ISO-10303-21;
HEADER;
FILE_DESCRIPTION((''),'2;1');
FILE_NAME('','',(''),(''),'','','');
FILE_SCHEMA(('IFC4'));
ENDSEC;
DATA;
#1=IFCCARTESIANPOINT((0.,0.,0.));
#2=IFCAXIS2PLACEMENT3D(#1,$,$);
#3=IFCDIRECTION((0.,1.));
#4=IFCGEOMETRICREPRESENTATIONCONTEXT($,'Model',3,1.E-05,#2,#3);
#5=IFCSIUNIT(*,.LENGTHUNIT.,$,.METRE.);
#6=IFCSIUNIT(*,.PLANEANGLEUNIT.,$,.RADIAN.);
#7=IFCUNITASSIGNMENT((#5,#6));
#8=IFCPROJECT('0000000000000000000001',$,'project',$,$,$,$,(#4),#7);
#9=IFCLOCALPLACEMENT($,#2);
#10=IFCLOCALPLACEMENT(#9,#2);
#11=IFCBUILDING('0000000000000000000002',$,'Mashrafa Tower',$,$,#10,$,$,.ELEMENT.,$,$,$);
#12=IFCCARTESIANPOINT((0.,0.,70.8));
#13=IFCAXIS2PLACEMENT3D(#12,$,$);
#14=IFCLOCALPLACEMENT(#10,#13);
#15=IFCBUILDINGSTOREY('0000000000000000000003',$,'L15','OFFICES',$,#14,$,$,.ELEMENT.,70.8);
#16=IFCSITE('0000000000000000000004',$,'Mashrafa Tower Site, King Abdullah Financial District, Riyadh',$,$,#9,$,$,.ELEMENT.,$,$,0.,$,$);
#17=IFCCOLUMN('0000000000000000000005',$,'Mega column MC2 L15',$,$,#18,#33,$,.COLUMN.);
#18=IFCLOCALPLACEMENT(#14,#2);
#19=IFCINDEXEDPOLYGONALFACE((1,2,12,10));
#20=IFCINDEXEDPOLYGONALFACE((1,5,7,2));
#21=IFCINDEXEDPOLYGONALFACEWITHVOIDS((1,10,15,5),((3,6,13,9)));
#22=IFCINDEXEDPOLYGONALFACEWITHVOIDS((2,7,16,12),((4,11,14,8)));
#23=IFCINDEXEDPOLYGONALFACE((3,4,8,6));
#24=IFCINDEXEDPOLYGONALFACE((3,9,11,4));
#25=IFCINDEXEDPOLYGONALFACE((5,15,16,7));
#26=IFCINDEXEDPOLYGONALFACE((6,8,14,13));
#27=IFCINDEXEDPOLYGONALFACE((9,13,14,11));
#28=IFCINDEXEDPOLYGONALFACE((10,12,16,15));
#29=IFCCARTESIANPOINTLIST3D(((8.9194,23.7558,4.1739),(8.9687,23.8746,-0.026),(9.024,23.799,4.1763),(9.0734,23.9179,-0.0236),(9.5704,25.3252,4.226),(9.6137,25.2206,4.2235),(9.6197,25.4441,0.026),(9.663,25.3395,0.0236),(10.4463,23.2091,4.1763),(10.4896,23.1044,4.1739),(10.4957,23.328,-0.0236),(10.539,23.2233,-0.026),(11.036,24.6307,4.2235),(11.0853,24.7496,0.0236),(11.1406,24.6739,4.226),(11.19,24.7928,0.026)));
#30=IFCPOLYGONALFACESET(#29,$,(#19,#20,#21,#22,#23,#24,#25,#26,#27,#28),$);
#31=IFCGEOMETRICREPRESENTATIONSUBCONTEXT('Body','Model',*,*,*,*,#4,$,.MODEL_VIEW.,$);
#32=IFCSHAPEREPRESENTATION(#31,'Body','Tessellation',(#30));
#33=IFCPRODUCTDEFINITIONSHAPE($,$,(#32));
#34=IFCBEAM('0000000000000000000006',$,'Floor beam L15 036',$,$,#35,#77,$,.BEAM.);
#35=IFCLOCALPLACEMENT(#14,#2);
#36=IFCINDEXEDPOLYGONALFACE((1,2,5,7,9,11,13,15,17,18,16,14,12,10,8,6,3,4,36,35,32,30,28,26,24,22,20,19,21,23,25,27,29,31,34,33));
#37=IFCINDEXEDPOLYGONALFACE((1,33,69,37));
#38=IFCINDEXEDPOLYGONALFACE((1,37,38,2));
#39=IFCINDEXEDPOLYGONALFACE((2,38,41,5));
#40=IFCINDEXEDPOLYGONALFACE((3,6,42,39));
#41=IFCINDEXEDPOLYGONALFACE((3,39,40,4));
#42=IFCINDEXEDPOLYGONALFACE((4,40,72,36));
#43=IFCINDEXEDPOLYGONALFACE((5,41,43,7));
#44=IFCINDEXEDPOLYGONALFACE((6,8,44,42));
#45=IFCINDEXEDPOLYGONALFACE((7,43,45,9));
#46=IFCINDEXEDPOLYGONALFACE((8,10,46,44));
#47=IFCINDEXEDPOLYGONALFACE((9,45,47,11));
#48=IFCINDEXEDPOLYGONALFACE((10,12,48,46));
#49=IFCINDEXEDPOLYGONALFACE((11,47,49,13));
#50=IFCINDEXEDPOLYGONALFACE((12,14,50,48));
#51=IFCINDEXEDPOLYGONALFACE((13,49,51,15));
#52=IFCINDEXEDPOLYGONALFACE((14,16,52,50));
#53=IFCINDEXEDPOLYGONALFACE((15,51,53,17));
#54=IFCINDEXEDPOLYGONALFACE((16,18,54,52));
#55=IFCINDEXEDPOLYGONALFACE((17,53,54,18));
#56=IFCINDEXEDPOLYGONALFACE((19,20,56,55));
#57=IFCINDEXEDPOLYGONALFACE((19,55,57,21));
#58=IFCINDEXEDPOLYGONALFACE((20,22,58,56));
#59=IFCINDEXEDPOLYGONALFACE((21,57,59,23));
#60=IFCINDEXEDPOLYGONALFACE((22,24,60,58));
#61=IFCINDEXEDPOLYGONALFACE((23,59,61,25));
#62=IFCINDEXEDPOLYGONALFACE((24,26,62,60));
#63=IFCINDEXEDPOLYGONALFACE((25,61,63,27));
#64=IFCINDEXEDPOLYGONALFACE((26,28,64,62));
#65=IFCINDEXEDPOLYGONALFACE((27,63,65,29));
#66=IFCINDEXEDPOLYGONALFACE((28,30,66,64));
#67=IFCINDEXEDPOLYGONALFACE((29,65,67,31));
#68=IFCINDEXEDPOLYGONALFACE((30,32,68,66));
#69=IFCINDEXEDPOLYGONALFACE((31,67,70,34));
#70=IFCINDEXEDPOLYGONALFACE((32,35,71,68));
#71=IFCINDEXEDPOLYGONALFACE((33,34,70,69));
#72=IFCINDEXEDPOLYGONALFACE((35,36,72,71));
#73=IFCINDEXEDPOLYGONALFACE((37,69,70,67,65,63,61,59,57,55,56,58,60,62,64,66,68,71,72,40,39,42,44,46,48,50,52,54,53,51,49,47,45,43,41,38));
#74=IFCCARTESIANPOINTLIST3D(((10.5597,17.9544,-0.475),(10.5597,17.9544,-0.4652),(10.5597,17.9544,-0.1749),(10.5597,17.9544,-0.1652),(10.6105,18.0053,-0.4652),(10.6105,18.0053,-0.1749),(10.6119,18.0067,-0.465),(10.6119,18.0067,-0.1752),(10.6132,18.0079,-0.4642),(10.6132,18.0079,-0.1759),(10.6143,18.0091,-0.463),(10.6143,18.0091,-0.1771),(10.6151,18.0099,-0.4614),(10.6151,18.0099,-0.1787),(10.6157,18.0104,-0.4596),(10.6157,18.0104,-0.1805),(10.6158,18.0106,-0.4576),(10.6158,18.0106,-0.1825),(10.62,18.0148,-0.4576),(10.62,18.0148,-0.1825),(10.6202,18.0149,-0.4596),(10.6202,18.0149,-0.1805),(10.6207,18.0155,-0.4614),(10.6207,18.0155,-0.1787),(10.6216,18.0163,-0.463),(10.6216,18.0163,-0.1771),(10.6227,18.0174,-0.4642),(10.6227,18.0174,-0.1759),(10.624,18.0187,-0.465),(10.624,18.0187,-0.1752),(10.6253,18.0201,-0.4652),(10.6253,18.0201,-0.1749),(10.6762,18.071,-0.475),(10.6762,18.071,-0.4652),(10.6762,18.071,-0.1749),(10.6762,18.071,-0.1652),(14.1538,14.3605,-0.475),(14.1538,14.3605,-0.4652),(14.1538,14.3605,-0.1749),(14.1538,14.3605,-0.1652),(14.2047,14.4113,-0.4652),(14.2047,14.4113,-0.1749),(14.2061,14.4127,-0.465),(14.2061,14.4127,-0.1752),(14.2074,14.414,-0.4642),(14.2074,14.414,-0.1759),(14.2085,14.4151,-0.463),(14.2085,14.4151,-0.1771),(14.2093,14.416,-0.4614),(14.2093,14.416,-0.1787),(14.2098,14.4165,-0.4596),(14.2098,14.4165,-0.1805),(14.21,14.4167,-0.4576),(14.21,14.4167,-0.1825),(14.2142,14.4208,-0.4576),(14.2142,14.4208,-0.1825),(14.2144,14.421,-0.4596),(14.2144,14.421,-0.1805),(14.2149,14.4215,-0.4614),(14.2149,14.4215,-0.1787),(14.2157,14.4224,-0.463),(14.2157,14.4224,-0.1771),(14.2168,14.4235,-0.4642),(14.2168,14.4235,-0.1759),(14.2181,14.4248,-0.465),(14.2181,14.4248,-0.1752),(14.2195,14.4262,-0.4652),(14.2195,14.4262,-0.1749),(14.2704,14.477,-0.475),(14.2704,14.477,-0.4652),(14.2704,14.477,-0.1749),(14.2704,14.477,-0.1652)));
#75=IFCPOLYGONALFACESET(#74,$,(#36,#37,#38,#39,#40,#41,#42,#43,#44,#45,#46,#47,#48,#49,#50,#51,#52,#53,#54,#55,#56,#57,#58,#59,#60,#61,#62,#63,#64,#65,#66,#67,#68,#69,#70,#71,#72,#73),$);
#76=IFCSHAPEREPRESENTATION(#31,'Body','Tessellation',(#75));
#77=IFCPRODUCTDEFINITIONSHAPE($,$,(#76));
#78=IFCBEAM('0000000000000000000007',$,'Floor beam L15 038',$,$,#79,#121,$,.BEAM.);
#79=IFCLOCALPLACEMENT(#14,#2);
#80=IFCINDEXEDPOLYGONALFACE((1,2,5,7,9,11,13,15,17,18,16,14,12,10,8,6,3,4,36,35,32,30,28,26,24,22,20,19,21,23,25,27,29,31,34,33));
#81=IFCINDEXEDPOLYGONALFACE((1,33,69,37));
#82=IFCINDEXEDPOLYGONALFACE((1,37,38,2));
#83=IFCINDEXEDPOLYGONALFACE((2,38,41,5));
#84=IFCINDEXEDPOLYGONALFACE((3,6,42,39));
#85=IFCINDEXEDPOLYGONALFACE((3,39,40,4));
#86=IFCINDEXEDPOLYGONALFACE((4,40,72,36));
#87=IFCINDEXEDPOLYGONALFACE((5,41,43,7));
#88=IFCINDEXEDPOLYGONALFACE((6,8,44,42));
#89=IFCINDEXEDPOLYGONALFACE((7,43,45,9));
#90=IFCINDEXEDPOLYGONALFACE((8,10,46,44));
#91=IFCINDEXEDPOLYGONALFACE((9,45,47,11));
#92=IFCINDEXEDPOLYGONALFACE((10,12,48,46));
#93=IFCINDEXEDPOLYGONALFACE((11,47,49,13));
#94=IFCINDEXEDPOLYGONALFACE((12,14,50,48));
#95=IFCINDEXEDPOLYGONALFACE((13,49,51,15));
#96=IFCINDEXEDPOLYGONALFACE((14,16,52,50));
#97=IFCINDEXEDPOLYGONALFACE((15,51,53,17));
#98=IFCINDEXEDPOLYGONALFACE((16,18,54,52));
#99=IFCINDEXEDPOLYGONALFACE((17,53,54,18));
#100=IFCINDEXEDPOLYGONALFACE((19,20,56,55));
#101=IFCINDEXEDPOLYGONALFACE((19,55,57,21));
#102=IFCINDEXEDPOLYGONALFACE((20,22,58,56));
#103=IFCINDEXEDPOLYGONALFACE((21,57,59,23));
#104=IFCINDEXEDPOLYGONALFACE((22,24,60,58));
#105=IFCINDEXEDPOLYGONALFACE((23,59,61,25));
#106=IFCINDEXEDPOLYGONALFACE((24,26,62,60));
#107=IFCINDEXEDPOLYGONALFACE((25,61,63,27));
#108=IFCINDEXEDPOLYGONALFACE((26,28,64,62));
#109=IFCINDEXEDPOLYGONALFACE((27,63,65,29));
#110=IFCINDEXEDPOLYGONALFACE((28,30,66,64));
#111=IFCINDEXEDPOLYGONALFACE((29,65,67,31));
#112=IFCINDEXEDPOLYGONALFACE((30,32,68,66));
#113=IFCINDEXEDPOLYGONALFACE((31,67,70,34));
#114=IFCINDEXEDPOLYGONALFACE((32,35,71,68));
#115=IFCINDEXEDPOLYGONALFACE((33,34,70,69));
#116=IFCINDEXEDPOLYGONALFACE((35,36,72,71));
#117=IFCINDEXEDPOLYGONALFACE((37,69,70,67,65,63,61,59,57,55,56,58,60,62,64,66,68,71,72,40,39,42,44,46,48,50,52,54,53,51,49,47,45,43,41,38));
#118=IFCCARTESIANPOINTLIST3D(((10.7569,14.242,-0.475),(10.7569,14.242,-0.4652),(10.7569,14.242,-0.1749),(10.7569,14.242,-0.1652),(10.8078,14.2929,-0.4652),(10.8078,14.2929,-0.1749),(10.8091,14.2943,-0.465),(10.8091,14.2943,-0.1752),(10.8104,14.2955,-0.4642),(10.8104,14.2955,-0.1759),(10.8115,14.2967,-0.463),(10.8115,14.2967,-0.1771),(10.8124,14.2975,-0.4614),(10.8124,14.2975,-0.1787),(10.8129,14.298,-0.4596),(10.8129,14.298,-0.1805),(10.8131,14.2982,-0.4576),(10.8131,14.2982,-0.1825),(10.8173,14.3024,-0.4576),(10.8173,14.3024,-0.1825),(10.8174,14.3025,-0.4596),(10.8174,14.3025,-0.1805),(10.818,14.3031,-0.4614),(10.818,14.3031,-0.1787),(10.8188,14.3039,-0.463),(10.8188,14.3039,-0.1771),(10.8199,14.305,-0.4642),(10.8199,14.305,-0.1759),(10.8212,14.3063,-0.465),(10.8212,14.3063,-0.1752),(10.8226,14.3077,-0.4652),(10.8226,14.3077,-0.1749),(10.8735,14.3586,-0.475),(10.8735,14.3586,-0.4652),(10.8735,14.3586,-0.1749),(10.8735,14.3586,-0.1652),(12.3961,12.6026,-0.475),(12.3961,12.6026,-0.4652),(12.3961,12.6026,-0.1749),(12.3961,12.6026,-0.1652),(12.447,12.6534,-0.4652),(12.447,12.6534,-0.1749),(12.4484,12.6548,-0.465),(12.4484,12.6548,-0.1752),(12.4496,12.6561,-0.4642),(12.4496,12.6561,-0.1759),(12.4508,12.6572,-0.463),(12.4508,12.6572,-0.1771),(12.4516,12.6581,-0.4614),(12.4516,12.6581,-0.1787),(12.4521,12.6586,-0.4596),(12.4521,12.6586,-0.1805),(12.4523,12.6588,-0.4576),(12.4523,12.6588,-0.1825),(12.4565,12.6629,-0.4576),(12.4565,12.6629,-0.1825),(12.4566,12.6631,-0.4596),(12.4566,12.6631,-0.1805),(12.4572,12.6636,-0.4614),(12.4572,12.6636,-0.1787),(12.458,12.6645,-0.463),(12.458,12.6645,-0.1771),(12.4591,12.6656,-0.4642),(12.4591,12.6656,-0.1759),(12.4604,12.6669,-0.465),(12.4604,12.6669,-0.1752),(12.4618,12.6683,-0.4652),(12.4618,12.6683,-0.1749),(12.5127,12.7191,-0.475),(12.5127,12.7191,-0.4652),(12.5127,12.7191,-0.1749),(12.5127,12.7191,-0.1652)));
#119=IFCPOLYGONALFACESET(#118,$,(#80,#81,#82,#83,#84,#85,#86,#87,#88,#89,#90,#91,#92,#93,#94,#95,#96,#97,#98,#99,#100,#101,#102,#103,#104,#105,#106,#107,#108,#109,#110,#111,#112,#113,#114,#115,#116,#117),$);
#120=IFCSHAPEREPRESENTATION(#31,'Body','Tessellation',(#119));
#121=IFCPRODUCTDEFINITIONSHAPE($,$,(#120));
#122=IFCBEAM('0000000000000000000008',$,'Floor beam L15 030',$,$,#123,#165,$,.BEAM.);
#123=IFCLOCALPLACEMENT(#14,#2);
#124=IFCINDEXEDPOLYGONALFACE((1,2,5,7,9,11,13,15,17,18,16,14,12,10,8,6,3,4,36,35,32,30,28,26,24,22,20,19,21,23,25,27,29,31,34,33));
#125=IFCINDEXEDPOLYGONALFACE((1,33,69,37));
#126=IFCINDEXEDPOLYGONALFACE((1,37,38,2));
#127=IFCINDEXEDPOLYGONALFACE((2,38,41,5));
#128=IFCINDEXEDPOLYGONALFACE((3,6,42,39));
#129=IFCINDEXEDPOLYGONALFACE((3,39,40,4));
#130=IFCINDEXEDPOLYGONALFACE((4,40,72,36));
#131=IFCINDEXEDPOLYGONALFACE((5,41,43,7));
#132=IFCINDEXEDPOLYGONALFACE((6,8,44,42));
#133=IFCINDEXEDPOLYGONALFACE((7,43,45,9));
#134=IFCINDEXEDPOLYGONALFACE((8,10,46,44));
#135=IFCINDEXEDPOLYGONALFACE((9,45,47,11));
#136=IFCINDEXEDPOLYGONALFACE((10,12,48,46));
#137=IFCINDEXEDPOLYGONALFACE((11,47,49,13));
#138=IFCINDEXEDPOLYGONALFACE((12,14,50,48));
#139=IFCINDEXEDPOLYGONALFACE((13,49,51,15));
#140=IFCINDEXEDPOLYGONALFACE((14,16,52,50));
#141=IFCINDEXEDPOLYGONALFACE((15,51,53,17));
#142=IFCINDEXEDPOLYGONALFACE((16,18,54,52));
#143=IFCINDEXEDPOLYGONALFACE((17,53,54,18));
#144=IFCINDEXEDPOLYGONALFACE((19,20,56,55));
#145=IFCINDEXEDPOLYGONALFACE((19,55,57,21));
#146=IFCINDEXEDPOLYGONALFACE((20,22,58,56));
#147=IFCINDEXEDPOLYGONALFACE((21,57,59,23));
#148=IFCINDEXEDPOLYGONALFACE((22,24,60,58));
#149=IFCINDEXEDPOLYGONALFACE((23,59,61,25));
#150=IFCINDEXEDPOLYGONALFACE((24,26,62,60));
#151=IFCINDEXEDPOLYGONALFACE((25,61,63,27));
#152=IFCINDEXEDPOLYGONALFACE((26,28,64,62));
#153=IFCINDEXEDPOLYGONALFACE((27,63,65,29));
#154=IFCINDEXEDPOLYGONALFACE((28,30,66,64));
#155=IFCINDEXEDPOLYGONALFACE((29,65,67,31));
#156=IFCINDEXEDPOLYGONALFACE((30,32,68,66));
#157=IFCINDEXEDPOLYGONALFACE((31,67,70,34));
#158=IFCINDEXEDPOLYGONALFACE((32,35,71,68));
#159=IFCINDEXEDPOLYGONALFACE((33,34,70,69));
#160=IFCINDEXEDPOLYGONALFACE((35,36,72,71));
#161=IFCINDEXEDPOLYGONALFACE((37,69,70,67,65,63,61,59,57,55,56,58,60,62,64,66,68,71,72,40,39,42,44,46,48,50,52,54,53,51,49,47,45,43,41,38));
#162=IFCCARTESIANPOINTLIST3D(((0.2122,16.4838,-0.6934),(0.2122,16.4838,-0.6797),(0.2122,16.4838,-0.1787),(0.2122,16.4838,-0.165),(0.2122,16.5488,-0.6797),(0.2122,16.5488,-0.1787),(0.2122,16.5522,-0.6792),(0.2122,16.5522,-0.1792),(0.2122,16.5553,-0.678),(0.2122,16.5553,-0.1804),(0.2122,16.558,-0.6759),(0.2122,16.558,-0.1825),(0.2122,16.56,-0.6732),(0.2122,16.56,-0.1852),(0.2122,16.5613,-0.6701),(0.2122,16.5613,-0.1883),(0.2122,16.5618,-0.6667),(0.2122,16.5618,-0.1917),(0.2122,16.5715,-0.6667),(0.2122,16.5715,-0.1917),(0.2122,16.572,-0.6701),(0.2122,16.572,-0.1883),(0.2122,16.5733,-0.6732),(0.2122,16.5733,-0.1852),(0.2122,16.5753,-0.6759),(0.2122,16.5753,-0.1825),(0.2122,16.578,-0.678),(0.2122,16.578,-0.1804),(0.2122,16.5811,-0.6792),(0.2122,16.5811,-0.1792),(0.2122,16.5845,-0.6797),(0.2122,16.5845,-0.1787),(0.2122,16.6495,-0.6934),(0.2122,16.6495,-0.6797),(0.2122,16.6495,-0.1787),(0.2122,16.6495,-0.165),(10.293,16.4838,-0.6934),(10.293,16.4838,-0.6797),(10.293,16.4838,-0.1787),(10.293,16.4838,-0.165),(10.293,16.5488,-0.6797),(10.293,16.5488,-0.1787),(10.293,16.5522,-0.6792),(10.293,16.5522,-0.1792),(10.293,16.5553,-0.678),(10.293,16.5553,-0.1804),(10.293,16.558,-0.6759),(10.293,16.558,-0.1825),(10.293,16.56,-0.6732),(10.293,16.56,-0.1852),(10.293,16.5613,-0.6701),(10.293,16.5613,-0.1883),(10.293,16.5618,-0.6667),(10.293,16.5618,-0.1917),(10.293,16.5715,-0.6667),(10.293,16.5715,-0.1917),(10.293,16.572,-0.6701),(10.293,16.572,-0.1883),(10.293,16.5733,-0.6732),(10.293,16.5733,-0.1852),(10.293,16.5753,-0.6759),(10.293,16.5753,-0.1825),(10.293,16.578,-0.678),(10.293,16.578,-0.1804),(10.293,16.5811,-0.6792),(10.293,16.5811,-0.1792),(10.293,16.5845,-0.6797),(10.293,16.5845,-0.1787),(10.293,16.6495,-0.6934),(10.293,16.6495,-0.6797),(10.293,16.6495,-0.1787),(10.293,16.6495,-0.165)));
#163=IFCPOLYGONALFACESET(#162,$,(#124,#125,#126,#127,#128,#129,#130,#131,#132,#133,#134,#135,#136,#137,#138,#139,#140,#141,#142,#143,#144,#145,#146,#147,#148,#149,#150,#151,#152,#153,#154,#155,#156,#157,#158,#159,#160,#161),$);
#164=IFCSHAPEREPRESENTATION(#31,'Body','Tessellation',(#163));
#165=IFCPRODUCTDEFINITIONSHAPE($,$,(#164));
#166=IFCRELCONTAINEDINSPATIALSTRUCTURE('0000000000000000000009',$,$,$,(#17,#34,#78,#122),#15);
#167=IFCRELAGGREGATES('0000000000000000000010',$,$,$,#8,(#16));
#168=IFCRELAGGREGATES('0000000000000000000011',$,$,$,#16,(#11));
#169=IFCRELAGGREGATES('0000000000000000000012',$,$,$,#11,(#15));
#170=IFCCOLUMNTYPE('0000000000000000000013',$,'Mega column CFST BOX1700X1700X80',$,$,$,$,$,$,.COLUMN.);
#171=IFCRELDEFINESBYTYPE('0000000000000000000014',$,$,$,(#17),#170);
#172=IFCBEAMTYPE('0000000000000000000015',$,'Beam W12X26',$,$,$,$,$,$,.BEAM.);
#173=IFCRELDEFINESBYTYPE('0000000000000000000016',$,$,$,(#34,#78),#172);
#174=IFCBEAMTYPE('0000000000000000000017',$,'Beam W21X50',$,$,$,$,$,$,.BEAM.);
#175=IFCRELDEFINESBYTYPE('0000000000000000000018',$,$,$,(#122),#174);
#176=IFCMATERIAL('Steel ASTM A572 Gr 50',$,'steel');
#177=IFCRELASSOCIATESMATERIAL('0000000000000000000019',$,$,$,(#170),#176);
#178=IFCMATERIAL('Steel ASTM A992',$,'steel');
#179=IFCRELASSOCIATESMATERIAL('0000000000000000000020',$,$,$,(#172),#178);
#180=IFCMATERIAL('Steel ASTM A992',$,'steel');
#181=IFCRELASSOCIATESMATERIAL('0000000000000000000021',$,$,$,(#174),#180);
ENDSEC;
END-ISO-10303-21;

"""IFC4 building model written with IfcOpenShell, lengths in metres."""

from ifc_helpers import new_model, si_unit, direction, frame, origin, origin_2d, place, context, subcontext, project, spatial, hollow_rectangle, i_section, extrude, material, material_profile, profile_set, type_object, element, save


model = new_model("IFC4")

# Units and contexts
model_context = context("Model", 3, precision=1e-05, world=origin(), true_north=direction((0.0, 1.0)))
body_context = subcontext(model_context, "Body", "Model", "MODEL_VIEW")
ifc_project = project(units=[si_unit("LENGTHUNIT", "METRE"), si_unit("PLANEANGLEUNIT", "RADIAN")], contexts=[model_context])

# Site, building, storey
site_placement = place(None, origin())
site = spatial("IfcSite", under=ifc_project, at=site_placement, Name="Mashrafa Tower Site, King Abdullah Financial District, Riyadh", CompositionType="ELEMENT", RefElevation=0.0)
building_placement = place(site_placement, origin())
building = spatial("IfcBuilding", under=site, at=building_placement, Name="Mashrafa Tower", CompositionType="ELEMENT")
storey_placement = place(building_placement, frame((0.0, 0.0, 70.8)))
storey = spatial("IfcBuildingStorey", under=building, at=storey_placement, Name="L15", Description="OFFICES", CompositionType="ELEMENT", Elevation=70.8)

# Column
ifc_material_1 = material(Name="Steel ASTM A572 Gr 50", Category="steel")
ifc_material_profile_1 = material_profile(ifc_material_1, hollow_rectangle(XDim=1.7, YDim=1.7, WallThickness=0.0801, at=origin_2d()), Name="BOX1700X1700X80")
ifc_profile_set_1 = profile_set([ifc_material_profile_1], Name="Steel ASTM A572 Gr 50")
column_type = type_object("IfcColumnType", Name="Mega column CFST BOX1700X1700X80", PredefinedType="COLUMN", material=ifc_profile_set_1)
column_placement = place(storey_placement, frame((10.0793, 24.3337, 0.0), z_axis=(-0.011737, -0.028296, 0.999531), x_axis=(0.923693, -0.383133, 0.0)))
element("IfcColumn", 1, at=column_placement, inside=storey, type_object=column_type, Name="Mega column MC2 L15", PredefinedType="COLUMN", context=body_context, shape_type="SweptSolid", body=[
    extrude(hollow_rectangle(XDim=1.7, YDim=1.7, WallThickness=0.0801, at=origin_2d()), origin(), (0.0, 0.0, 1.0), 4.2019),
])

# Beams
ifc_material_2 = material(Name="Steel ASTM A992", Category="steel")
ifc_material_profile_2 = material_profile(ifc_material_2, i_section(OverallWidth=0.1648, OverallDepth=0.3098, WebThickness=0.0059, FlangeThickness=0.0098, FilletRadius=0.0076, at=origin_2d()), Name="W12X26")
ifc_profile_set_2 = profile_set([ifc_material_profile_2], Name="Steel ASTM A992")
beam_type_1 = type_object("IfcBeamType", Name="Beam W12X26", PredefinedType="BEAM", material=ifc_profile_set_2)
beam_1_placement = place(storey_placement, frame((10.6179, 18.0127, -0.3201), z_axis=(0.707131, -0.707083, 0.0), x_axis=(0.707083, 0.707131, 0.0)))
element("IfcBeam", 2, at=beam_1_placement, inside=storey, type_object=beam_type_1, Name="Floor beam L15 036", PredefinedType="BEAM", context=body_context, shape_type="SweptSolid", body=[
    extrude(i_section(OverallWidth=0.1648, OverallDepth=0.3098, WebThickness=0.0059, FlangeThickness=0.0098, FilletRadius=0.0076, at=origin_2d()), origin(), (0.0, 0.0, 1.0), 5.0828),
])
beam_2_placement = place(storey_placement, frame((10.8152, 14.3003, -0.3201), z_axis=(0.707054, -0.707159, 0.0), x_axis=(0.707159, 0.707054, 0.0)))
element("IfcBeam", 3, at=beam_2_placement, inside=storey, type_object=beam_type_1, Name="Floor beam L15 038", PredefinedType="BEAM", context=body_context, shape_type="SweptSolid", body=[
    extrude(i_section(OverallWidth=0.1648, OverallDepth=0.3098, WebThickness=0.0059, FlangeThickness=0.0098, FilletRadius=0.0076, at=origin_2d()), origin(), (0.0, 0.0, 1.0), 2.3184),
])
ifc_material_3 = material(Name="Steel ASTM A992", Category="steel")
ifc_material_profile_3 = material_profile(ifc_material_3, i_section(OverallWidth=0.1658, OverallDepth=0.5283, WebThickness=0.0098, FlangeThickness=0.0137, FilletRadius=0.0129, at=origin_2d()), Name="W21X50")
ifc_profile_set_3 = profile_set([ifc_material_profile_3], Name="Steel ASTM A992")
beam_type_2 = type_object("IfcBeamType", Name="Beam W21X50", PredefinedType="BEAM", material=ifc_profile_set_3)
beam_3_placement = place(storey_placement, frame((0.2122, 16.5667, -0.4292), z_axis=(1.0, 0.0, 0.0), x_axis=(0.0, 1.0, 0.0)))
element("IfcBeam", 4, at=beam_3_placement, inside=storey, type_object=beam_type_2, Name="Floor beam L15 030", PredefinedType="BEAM", context=body_context, shape_type="SweptSolid", body=[
    extrude(i_section(OverallWidth=0.1658, OverallDepth=0.5283, WebThickness=0.0098, FlangeThickness=0.0137, FilletRadius=0.0129, at=origin_2d()), origin(), (0.0, 0.0, 1.0), 10.0808),
])

save(model, "model.ifc")
